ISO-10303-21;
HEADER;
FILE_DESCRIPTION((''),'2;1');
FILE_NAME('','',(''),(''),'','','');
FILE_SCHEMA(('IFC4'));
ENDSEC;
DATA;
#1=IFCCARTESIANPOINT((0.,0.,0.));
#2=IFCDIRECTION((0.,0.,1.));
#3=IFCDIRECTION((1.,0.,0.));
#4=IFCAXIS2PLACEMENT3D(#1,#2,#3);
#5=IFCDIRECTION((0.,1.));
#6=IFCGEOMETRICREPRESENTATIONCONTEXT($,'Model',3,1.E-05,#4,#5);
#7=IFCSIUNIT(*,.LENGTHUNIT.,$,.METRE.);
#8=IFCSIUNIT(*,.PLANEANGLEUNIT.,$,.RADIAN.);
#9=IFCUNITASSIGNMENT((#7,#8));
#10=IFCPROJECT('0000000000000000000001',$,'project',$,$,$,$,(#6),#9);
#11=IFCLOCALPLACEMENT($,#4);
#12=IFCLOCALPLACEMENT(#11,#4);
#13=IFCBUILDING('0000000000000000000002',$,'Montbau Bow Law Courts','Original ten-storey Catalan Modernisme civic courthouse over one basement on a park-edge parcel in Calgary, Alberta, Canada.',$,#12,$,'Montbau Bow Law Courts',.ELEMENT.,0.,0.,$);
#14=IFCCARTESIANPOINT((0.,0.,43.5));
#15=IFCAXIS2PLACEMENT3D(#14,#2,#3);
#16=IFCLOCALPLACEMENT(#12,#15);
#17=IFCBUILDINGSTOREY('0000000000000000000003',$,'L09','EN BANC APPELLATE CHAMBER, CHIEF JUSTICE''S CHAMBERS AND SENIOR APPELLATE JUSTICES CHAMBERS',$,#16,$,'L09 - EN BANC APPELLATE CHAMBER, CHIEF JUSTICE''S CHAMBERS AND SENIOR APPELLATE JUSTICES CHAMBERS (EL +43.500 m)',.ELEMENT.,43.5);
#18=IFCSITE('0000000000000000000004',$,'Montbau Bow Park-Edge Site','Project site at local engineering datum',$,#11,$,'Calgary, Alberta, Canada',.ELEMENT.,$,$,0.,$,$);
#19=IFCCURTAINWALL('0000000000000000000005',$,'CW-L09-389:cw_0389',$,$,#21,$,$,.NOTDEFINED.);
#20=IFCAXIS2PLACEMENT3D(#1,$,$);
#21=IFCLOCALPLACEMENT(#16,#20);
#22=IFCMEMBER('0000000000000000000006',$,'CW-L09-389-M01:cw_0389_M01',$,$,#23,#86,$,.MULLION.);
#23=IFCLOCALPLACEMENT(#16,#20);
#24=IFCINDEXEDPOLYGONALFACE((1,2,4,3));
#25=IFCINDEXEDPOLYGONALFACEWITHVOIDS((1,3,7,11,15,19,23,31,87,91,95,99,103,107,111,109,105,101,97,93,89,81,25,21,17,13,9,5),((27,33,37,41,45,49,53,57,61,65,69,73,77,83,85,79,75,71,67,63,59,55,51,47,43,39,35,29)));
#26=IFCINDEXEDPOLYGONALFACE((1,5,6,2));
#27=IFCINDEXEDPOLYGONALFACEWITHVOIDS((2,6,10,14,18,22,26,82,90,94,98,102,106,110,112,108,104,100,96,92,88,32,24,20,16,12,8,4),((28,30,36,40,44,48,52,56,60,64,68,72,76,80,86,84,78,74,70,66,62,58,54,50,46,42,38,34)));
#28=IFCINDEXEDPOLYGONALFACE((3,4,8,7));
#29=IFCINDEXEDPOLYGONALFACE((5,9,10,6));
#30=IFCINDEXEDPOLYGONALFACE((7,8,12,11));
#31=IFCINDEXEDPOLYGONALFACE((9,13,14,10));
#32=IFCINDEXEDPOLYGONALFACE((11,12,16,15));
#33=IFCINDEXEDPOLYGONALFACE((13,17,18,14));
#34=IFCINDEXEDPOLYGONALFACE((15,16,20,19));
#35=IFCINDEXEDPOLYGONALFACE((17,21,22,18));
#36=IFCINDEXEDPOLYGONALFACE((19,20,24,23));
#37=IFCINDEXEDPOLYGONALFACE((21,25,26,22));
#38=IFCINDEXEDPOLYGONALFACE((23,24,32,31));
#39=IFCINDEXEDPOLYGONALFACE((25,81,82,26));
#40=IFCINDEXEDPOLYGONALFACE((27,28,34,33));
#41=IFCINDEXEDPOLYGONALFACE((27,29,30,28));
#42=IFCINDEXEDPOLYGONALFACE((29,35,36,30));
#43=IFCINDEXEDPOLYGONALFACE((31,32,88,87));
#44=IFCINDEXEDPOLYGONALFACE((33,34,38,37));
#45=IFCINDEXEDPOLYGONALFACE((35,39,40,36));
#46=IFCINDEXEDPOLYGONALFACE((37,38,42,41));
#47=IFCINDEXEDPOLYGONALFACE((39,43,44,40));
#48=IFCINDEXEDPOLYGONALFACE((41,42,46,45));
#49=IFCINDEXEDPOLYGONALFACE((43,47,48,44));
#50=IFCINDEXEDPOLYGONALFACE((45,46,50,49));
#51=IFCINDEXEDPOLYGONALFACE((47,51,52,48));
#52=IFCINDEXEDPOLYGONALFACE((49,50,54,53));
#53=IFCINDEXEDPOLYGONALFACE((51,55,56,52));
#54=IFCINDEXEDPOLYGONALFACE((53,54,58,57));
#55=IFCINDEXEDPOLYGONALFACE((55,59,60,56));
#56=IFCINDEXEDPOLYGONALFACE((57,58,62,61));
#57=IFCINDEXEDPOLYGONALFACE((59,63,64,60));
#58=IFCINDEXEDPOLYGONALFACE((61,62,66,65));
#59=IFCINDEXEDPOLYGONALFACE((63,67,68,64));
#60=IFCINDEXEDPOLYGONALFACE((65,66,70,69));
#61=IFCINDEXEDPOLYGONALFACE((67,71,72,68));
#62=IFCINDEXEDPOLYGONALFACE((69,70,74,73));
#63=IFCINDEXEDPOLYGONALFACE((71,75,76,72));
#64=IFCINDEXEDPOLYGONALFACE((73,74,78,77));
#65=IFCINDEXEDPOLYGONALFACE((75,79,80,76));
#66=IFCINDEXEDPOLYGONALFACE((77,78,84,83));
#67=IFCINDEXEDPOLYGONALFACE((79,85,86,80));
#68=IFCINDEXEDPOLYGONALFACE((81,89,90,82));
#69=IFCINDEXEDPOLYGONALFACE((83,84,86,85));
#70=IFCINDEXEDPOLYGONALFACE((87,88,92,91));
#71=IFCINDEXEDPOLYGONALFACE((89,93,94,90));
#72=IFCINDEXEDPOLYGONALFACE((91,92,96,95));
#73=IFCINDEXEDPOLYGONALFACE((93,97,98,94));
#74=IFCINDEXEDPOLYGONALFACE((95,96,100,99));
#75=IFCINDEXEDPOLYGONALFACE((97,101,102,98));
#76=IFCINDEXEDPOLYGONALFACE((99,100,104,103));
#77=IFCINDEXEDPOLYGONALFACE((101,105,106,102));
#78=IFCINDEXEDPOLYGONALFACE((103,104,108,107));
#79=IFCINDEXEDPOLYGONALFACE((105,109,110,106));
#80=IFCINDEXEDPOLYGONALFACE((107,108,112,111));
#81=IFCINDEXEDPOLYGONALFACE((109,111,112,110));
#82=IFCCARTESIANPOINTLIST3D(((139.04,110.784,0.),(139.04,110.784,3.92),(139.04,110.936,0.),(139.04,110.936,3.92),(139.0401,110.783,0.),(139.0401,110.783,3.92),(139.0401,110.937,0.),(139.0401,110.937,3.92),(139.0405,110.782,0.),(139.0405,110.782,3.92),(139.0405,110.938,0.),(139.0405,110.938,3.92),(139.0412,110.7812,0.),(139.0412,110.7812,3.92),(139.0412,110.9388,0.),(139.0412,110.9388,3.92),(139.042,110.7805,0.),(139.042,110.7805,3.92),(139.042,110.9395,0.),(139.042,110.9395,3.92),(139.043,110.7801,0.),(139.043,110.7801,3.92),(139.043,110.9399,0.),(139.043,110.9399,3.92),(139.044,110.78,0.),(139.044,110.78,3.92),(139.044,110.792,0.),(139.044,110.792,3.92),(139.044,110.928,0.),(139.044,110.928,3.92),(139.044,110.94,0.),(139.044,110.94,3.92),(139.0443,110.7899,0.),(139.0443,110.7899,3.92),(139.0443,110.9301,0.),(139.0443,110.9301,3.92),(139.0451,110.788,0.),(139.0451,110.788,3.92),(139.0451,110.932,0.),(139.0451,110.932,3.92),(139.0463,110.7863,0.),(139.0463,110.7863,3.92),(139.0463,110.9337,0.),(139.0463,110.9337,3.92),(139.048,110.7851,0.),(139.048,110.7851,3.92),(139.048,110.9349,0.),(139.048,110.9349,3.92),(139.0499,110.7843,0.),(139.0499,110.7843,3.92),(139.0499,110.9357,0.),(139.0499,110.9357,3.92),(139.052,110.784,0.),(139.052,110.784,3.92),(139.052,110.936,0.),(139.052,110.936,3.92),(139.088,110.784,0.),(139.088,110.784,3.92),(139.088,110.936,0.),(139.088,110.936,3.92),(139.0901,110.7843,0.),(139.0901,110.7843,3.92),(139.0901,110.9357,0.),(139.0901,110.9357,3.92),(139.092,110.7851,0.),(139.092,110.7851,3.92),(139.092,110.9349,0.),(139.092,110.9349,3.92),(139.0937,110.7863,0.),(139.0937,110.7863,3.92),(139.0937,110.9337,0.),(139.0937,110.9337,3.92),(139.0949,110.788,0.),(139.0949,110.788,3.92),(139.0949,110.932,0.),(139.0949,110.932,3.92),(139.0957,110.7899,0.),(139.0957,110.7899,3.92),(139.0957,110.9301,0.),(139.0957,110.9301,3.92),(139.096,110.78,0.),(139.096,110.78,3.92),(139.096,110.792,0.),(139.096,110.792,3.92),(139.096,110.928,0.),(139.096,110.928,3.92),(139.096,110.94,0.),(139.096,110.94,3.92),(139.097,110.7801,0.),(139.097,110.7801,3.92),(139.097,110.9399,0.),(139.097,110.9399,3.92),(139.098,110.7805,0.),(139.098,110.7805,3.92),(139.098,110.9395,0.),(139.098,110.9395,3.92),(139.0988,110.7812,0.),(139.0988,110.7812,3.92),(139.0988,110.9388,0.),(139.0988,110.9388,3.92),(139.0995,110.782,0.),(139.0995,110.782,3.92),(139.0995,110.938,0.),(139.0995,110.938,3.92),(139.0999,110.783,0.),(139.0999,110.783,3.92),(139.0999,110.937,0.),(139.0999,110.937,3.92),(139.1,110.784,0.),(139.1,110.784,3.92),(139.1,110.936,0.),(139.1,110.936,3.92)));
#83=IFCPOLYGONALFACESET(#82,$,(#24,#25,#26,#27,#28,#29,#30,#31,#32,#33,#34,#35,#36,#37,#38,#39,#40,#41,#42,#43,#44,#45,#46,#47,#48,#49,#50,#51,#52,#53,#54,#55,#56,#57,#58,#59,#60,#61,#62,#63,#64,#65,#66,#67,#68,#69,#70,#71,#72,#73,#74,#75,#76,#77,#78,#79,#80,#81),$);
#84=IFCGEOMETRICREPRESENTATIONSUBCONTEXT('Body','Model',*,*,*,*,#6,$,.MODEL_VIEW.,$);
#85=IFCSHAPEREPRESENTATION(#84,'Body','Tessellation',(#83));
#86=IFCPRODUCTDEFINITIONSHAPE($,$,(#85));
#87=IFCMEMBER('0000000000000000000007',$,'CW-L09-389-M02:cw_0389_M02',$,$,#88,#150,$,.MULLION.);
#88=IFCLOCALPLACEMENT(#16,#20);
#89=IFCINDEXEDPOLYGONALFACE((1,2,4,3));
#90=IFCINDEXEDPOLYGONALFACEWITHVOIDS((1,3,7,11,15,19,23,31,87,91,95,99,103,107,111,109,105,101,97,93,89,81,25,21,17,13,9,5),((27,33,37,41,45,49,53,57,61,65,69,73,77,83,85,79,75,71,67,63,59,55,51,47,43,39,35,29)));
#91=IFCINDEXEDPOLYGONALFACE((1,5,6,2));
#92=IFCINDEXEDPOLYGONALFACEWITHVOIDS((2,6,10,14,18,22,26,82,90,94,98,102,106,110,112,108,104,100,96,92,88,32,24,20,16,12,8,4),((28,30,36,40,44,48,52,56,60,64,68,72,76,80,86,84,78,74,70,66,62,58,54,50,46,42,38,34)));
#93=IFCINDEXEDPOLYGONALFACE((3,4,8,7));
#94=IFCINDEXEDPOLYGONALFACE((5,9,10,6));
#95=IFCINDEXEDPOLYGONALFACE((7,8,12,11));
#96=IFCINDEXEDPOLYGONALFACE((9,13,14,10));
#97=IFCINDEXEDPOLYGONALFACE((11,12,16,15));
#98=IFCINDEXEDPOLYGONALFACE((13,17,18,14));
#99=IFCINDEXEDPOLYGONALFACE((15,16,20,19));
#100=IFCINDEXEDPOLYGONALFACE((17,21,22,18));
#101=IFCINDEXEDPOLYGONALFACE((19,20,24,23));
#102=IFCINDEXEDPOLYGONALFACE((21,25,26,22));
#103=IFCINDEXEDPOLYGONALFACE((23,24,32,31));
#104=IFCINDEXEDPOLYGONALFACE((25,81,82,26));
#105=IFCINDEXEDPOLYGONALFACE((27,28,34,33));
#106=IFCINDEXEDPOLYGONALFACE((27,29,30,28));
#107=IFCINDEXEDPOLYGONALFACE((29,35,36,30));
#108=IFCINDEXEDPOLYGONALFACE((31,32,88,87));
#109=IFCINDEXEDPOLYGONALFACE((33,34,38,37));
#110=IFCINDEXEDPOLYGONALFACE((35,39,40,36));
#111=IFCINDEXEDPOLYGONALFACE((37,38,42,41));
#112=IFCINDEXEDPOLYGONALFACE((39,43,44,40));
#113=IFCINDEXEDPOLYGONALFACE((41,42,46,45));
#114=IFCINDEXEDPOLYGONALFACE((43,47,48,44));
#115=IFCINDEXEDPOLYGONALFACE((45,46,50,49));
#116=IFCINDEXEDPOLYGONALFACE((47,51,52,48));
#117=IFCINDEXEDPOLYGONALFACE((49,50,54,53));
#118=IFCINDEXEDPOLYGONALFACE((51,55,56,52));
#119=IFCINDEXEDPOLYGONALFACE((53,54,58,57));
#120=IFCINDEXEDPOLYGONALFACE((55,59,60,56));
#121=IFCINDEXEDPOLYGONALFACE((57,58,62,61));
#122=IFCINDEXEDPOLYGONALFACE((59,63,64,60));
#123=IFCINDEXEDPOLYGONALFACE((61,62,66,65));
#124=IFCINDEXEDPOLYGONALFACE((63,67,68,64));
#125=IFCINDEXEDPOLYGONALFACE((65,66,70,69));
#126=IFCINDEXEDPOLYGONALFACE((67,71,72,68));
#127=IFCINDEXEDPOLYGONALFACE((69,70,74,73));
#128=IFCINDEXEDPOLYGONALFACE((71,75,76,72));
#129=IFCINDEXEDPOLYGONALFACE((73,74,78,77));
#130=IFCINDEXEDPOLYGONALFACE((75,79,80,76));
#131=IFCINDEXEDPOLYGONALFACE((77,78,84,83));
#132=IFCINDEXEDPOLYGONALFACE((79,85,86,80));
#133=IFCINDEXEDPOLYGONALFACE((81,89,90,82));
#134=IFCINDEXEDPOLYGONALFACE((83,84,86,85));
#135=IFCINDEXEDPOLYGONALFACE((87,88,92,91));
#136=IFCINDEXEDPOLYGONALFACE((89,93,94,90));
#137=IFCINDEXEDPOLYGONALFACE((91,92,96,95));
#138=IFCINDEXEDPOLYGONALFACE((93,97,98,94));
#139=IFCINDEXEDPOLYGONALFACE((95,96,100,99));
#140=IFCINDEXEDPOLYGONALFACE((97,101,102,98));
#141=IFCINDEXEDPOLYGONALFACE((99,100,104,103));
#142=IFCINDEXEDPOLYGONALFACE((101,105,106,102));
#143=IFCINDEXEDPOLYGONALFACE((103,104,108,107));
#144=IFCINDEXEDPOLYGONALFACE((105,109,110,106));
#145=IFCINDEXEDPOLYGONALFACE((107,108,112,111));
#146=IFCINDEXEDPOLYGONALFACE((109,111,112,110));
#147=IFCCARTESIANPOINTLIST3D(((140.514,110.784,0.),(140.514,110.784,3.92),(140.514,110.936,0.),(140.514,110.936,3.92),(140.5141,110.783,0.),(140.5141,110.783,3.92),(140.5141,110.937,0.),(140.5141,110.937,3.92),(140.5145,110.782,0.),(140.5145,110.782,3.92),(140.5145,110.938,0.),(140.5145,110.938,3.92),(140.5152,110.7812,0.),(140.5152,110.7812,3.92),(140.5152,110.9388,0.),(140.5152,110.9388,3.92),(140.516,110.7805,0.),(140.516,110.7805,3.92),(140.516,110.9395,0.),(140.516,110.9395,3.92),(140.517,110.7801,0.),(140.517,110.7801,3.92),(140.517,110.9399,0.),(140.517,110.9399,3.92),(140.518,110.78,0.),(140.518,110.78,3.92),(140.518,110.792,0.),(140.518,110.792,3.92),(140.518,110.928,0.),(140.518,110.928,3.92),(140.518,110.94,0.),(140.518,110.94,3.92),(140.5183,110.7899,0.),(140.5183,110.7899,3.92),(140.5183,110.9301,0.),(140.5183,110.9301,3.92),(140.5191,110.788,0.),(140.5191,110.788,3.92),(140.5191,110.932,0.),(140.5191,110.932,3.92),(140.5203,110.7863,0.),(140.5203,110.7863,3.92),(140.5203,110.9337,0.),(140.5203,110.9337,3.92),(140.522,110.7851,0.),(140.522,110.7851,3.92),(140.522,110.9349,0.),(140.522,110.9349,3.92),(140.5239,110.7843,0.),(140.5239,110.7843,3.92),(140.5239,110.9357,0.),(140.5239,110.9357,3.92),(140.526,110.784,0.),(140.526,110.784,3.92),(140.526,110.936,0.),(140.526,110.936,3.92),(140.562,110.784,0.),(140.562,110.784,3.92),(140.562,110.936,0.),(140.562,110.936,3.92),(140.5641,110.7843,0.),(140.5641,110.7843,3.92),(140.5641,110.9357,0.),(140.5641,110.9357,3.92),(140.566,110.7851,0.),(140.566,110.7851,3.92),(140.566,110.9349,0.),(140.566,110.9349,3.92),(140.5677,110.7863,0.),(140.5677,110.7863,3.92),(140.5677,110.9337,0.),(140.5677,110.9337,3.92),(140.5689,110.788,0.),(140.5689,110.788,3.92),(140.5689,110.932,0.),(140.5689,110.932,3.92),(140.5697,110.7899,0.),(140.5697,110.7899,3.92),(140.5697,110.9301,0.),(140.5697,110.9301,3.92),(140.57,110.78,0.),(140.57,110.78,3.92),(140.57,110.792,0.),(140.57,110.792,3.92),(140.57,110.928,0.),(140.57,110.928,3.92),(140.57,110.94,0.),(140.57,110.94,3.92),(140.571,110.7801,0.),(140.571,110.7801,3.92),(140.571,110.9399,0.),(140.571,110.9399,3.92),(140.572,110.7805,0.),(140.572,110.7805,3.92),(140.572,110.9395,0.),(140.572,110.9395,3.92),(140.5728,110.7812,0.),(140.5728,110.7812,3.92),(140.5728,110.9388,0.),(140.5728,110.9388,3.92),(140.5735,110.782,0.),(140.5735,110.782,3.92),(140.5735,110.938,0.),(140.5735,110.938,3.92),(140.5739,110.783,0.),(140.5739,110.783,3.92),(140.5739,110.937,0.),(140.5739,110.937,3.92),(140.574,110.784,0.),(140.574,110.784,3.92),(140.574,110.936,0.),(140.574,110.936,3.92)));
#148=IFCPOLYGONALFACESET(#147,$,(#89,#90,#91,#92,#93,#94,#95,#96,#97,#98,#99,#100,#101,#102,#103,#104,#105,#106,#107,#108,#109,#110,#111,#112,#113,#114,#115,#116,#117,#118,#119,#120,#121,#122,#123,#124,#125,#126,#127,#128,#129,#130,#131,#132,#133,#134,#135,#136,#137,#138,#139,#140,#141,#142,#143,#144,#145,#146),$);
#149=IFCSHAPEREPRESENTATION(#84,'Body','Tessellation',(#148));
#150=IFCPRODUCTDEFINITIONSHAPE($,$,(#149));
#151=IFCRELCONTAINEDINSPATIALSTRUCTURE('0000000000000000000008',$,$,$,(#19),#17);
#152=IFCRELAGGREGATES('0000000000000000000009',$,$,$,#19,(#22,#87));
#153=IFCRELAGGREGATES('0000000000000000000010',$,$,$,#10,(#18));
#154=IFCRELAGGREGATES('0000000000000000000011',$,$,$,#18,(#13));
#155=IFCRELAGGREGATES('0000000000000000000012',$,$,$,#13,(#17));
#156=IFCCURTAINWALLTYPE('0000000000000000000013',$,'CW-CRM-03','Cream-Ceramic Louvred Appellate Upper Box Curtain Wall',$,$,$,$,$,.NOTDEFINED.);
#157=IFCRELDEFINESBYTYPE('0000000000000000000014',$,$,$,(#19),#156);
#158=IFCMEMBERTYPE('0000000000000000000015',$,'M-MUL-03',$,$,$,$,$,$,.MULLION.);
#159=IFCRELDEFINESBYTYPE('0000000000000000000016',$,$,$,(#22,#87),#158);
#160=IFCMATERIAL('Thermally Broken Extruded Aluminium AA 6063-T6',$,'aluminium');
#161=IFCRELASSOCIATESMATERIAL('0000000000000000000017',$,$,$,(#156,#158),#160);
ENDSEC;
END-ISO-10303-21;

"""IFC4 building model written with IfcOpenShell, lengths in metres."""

from ifc_helpers import new_model, si_unit, direction, frame, origin_with_axes, origin_2d_with_axis, place, context, subcontext, project, spatial, hollow_rectangle, extrude, material, material_profile, profile_set, type_object, element, aggregate, save


model = new_model("IFC4")

# Units and contexts
model_context = context("Model", 3, precision=1e-05, world=origin_with_axes(), true_north=direction((0.0, 1.0)))
body_context = subcontext(model_context, "Body", "Model", "MODEL_VIEW")
ifc_project = project(units=[si_unit("LENGTHUNIT", "METRE"), si_unit("PLANEANGLEUNIT", "RADIAN")], contexts=[model_context])

# Site, building, storey
site_placement = place(None, origin_with_axes())
site = spatial("IfcSite", under=ifc_project, at=site_placement, Name="Montbau Bow Park-Edge Site", Description="Project site at local engineering datum", LongName="Calgary, Alberta, Canada", CompositionType="ELEMENT", RefElevation=0.0)
building_placement = place(site_placement, origin_with_axes())
building = spatial("IfcBuilding", under=site, at=building_placement, Name="Montbau Bow Law Courts", Description="Original ten-storey Catalan Modernisme civic courthouse over one basement on a park-edge parcel in Calgary, Alberta, Canada.", LongName="Montbau Bow Law Courts", CompositionType="ELEMENT", ElevationOfRefHeight=0.0, ElevationOfTerrain=0.0)
storey_placement = place(building_placement, frame((0.0, 0.0, 43.5), z_axis=(0.0, 0.0, 1.0), x_axis=(1.0, 0.0, 0.0)))
storey = spatial("IfcBuildingStorey", under=building, at=storey_placement, Name="L09", Description="EN BANC APPELLATE CHAMBER, CHIEF JUSTICE'S CHAMBERS AND SENIOR APPELLATE JUSTICES CHAMBERS", LongName="L09 - EN BANC APPELLATE CHAMBER, CHIEF JUSTICE'S CHAMBERS AND SENIOR APPELLATE JUSTICES CHAMBERS (EL +43.500 m)", CompositionType="ELEMENT", Elevation=43.5)

# Curtain wall, members
ifc_material_1 = material(Name="Thermally Broken Extruded Aluminium AA 6063-T6", Category="aluminium")
curtain_wall_type = type_object("IfcCurtainWallType", Name="CW-CRM-03", Description="Cream-Ceramic Louvred Appellate Upper Box Curtain Wall", PredefinedType="NOTDEFINED", material=ifc_material_1)
curtain_wall_1_placement = place(None, frame((139.04, 110.86, 43.5), z_axis=(0.0, 0.0, 1.0), x_axis=(1.0, 0.0, 0.0)))
curtain_wall_1 = element("IfcCurtainWall", 1, at=curtain_wall_1_placement, inside=storey, type_object=curtain_wall_type, Name="CW-L09-389:cw_0389", PredefinedType="NOTDEFINED")
ifc_material_profile_1 = material_profile(ifc_material_1, hollow_rectangle(XDim=0.06, YDim=0.16, WallThickness=0.004, InnerFilletRadius=0.008, OuterFilletRadius=0.004, at=origin_2d_with_axis()), Name="CWM-160X60", Category="Main", Priority=0)
ifc_profile_set_1 = profile_set([ifc_material_profile_1], Name="Thermally Broken Extruded Aluminium AA 6063-T6")
member_type_1 = type_object("IfcMemberType", Name="M-MUL-03", PredefinedType="MULLION", material=ifc_profile_set_1)
member_1_placement = place(None, frame((139.07, 110.86, 43.5), z_axis=(0.0, 0.0, 1.0), x_axis=(1.0, 0.0, 0.0)))
member_1 = element("IfcMember", 2, at=member_1_placement, type_object=member_type_1, Name="CW-L09-389-M01:cw_0389_M01", PredefinedType="MULLION", context=body_context, shape_type="SweptSolid", body=[
    extrude(hollow_rectangle(XDim=0.06, YDim=0.16, WallThickness=0.004, InnerFilletRadius=0.008, OuterFilletRadius=0.004, at=origin_2d_with_axis()), origin_with_axes(), (0.0, 0.0, 1.0), 3.92),
])
member_2_placement = place(None, frame((140.544, 110.86, 43.5), z_axis=(0.0, 0.0, 1.0), x_axis=(1.0, 0.0, 0.0)))
member_2 = element("IfcMember", 3, at=member_2_placement, type_object=member_type_1, Name="CW-L09-389-M02:cw_0389_M02", PredefinedType="MULLION", context=body_context, shape_type="SweptSolid", body=[
    extrude(hollow_rectangle(XDim=0.06, YDim=0.16, WallThickness=0.004, InnerFilletRadius=0.008, OuterFilletRadius=0.004, at=origin_2d_with_axis()), origin_with_axes(), (0.0, 0.0, 1.0), 3.92),
])

aggregate(curtain_wall_1, [member_1, member_2])

save(model, "model.ifc")
